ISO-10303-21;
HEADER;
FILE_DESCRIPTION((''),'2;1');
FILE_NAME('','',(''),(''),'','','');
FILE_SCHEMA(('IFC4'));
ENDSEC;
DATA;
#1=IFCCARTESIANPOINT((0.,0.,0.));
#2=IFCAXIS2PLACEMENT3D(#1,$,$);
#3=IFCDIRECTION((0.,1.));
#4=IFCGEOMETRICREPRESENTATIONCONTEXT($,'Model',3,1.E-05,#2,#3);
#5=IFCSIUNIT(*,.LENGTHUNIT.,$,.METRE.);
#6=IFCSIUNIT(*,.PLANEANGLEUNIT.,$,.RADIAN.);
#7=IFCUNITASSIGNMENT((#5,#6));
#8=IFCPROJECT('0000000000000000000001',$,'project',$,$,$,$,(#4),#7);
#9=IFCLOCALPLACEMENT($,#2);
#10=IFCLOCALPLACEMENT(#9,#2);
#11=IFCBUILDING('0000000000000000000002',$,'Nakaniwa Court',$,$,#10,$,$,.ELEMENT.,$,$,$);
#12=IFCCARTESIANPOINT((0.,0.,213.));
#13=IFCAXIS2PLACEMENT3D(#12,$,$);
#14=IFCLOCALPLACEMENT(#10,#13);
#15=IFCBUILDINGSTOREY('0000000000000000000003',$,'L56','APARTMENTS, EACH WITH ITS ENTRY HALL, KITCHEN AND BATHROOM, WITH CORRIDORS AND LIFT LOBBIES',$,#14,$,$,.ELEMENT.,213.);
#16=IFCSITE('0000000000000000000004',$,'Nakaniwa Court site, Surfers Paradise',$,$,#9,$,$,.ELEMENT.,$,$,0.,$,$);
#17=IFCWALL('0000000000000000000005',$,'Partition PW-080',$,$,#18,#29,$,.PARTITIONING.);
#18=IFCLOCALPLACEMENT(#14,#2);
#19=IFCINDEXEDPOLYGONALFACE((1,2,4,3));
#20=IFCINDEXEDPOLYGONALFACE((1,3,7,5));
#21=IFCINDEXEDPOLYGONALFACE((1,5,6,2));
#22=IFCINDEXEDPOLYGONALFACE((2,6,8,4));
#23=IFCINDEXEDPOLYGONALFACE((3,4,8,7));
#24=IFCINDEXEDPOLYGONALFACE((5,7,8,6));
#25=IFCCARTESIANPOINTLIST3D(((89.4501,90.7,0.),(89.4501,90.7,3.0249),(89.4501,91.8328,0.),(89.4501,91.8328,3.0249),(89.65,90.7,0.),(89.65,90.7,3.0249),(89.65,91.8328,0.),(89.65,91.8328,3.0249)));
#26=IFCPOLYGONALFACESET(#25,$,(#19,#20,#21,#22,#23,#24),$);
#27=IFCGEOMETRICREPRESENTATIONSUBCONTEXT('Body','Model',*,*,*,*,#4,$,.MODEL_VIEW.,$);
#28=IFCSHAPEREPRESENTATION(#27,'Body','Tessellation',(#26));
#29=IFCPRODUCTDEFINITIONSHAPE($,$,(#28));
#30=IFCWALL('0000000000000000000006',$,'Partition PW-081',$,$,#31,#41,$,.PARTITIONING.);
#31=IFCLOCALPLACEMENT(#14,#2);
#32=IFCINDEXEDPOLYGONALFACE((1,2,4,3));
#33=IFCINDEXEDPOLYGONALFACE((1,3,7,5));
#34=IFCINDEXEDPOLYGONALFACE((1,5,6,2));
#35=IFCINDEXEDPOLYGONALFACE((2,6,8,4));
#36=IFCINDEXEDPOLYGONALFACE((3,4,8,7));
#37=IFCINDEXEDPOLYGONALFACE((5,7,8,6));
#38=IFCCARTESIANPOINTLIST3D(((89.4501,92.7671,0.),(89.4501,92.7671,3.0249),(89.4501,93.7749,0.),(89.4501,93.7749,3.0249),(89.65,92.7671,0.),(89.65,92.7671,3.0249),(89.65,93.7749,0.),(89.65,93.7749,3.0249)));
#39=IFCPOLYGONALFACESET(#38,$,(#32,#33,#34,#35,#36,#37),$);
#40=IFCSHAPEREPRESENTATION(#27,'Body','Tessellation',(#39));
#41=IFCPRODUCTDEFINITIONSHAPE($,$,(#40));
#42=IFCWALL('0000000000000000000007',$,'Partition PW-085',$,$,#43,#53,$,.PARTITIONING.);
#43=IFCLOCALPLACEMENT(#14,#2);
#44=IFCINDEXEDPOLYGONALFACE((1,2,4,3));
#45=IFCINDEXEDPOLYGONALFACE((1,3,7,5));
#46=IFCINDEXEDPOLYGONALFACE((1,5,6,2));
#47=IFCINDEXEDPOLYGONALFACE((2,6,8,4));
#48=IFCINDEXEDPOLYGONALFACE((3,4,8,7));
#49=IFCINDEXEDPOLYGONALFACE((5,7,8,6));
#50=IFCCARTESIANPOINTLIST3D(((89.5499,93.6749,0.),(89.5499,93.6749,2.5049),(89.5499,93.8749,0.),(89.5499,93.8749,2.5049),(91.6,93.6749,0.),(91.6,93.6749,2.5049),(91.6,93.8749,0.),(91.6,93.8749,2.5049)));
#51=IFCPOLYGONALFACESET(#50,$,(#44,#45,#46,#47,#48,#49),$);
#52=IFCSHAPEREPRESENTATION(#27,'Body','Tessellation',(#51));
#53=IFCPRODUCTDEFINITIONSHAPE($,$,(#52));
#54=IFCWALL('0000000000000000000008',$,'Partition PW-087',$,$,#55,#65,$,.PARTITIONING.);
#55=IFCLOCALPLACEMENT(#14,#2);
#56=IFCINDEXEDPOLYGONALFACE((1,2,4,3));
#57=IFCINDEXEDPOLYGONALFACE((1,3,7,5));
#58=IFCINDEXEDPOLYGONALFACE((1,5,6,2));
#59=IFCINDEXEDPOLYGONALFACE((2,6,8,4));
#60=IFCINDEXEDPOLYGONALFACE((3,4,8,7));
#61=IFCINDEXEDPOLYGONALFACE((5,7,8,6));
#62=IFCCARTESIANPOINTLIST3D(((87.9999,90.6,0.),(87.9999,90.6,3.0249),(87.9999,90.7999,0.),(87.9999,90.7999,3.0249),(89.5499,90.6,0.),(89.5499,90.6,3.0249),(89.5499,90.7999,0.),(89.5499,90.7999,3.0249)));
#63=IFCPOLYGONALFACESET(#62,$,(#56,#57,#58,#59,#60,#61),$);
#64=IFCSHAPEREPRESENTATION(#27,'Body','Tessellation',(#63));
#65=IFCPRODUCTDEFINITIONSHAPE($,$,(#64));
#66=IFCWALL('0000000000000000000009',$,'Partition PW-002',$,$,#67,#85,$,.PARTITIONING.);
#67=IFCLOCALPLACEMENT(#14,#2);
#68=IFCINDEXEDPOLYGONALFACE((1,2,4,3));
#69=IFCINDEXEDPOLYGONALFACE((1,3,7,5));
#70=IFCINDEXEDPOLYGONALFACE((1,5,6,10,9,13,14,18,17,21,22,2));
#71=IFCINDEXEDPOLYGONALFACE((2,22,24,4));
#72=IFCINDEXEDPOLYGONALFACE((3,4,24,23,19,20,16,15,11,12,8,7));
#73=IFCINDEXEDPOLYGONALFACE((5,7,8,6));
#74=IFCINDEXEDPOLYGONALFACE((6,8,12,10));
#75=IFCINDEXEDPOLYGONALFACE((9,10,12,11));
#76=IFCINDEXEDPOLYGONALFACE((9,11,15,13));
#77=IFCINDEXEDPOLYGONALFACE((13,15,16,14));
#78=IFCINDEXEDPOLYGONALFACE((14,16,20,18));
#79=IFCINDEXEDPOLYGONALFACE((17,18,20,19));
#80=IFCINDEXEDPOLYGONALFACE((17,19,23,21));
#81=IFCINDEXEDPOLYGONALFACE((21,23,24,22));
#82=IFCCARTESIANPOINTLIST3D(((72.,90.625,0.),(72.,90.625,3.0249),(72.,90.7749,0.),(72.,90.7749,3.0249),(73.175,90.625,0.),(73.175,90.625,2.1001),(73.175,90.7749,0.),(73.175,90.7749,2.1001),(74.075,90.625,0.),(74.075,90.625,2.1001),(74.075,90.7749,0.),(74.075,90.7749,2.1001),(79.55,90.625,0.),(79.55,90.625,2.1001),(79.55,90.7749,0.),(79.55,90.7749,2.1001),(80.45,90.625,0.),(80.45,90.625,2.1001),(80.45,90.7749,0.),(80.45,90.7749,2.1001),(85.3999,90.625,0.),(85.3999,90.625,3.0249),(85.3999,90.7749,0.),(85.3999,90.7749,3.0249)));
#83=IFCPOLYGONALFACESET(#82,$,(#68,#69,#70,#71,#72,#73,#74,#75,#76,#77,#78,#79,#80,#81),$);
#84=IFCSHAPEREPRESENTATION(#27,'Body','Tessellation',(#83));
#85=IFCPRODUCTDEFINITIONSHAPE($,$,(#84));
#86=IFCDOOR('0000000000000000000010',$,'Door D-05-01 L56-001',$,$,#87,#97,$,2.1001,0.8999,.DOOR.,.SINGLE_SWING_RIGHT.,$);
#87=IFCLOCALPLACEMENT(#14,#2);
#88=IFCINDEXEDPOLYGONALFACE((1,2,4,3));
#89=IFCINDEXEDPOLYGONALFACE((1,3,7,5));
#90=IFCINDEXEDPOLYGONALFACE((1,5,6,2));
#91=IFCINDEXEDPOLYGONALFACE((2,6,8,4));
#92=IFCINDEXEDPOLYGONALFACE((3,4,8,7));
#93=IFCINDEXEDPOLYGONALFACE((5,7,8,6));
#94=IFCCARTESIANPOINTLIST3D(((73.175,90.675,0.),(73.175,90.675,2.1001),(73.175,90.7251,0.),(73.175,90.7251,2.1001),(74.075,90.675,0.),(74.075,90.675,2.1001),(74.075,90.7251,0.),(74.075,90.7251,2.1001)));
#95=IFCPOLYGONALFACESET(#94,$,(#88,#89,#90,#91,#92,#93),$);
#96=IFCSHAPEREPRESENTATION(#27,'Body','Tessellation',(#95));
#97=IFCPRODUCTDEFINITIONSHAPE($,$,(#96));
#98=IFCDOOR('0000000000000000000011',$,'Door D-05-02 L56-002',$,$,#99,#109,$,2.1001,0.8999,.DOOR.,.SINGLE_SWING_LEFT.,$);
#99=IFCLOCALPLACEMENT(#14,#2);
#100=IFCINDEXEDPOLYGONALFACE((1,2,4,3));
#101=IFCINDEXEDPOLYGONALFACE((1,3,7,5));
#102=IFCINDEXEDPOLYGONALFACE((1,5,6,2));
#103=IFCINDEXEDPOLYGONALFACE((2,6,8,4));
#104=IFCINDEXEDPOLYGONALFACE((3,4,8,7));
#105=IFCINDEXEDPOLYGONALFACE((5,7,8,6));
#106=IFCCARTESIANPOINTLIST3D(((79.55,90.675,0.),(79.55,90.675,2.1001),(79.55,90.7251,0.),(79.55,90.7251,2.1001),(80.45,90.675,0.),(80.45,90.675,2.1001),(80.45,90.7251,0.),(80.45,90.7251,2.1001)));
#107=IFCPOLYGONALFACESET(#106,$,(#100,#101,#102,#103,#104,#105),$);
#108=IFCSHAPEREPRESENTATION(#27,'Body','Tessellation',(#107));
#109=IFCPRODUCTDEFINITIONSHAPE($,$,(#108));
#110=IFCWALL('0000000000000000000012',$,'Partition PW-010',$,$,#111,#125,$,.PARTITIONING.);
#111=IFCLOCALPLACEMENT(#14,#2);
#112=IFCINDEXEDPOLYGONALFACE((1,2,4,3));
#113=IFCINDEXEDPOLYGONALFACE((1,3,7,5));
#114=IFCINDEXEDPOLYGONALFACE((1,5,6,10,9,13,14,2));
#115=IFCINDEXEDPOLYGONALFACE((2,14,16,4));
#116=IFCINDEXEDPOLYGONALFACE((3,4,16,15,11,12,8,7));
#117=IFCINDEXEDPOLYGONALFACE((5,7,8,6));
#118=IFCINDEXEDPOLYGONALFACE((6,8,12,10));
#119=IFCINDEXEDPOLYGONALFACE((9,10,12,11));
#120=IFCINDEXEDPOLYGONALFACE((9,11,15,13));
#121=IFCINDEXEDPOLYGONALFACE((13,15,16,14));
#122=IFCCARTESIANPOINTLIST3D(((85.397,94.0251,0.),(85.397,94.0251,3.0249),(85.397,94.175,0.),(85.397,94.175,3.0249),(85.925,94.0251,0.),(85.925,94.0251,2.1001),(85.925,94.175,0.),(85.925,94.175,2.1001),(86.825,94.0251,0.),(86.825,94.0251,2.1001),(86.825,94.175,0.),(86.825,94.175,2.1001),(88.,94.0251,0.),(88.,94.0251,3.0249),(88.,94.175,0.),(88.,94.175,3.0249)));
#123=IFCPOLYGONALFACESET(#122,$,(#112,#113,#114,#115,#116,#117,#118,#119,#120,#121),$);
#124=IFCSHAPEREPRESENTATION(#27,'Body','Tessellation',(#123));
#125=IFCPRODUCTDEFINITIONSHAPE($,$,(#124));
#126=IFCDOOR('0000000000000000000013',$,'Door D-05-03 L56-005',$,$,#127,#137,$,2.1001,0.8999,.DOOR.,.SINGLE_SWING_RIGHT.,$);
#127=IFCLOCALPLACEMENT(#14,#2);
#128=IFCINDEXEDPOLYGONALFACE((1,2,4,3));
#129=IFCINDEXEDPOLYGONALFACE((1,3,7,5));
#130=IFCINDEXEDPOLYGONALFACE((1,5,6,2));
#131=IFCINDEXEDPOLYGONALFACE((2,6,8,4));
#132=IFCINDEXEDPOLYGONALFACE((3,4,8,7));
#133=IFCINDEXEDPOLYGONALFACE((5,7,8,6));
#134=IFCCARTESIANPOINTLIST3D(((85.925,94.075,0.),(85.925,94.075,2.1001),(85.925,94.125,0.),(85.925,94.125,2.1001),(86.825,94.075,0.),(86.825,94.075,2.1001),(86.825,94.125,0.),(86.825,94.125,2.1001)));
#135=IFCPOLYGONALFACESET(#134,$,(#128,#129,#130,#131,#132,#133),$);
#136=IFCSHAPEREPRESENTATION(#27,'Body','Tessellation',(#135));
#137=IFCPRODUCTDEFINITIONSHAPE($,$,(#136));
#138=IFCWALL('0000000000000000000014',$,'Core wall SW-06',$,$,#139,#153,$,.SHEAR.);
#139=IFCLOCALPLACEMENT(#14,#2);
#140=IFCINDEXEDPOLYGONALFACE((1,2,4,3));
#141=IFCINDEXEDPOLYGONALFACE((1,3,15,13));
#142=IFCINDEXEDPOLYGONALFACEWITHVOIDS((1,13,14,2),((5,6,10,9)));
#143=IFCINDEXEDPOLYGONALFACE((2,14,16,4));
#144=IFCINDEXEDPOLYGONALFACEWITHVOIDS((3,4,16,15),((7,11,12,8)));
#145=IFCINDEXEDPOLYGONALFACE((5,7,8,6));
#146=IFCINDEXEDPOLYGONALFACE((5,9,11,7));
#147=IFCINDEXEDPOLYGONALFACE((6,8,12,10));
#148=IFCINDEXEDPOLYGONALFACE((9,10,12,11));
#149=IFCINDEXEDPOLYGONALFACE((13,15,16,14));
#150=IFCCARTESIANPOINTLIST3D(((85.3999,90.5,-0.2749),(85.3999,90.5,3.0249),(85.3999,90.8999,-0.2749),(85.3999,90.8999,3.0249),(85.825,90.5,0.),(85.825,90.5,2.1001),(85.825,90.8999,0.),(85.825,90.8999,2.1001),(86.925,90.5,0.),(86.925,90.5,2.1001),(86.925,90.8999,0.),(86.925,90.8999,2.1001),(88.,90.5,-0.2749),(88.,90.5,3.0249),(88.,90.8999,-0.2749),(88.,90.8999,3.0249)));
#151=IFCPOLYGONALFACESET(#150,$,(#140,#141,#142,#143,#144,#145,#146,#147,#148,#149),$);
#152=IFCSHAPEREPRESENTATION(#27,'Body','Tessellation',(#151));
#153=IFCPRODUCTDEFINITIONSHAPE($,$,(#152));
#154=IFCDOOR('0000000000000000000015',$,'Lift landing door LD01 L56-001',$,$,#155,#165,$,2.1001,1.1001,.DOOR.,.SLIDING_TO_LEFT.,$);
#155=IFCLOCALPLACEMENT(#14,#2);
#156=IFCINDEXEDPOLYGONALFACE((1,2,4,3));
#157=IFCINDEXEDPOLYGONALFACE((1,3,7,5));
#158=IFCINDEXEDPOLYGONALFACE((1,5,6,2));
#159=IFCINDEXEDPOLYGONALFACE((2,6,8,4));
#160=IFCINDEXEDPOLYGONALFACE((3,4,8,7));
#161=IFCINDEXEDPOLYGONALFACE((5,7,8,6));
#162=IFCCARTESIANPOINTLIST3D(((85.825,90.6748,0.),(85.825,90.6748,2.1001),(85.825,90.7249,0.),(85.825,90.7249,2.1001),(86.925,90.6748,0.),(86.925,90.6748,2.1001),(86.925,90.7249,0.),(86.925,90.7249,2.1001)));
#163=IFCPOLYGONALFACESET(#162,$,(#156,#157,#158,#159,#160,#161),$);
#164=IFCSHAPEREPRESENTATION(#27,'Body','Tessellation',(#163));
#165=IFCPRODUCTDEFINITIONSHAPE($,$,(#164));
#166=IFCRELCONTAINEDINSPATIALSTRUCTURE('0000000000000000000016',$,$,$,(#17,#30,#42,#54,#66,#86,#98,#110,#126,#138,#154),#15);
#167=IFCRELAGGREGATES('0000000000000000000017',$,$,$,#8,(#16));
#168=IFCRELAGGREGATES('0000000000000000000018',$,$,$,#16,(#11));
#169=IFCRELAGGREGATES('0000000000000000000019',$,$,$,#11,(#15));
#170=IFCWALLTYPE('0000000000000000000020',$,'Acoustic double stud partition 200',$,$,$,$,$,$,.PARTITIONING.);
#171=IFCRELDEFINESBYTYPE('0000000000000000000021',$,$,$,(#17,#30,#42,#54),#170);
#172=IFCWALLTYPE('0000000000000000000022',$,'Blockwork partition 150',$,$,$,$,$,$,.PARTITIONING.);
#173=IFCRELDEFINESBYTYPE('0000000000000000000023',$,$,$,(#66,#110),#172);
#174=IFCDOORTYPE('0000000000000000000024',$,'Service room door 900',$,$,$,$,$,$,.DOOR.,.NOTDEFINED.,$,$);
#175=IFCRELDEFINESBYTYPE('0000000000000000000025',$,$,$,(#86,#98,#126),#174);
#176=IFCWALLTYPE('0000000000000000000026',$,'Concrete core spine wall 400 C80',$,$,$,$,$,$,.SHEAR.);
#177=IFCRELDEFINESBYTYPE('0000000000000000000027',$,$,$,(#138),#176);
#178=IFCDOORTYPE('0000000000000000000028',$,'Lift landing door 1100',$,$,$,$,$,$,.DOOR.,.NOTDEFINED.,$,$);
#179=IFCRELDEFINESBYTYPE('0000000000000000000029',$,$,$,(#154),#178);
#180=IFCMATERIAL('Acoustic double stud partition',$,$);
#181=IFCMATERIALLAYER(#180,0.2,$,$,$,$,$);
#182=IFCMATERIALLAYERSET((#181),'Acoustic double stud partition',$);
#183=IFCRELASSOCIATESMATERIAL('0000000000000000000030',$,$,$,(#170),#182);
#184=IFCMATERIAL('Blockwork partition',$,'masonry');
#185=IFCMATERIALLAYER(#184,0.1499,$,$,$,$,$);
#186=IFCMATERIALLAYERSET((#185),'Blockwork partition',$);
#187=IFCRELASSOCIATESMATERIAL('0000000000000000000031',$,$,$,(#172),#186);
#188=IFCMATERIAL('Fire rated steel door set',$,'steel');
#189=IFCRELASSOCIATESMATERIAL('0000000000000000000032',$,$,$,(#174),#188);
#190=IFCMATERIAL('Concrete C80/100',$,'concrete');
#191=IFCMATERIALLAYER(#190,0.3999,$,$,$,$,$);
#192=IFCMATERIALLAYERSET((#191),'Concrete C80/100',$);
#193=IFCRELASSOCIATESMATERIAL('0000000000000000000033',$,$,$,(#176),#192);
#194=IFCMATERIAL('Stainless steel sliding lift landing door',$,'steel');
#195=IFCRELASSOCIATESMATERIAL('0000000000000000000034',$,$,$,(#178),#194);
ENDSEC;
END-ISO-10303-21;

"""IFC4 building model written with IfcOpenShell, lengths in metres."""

from ifc_helpers import new_model, si_unit, direction, frame, frame_2d, origin, place, context, subcontext, project, spatial, rectangle, extrude, material, layer, layer_set, type_object, element, fill, save


model = new_model("IFC4")

# Units and contexts
model_context = context("Model", 3, precision=1e-05, world=origin(), true_north=direction((0.0, 1.0)))
body_context = subcontext(model_context, "Body", "Model", "MODEL_VIEW")
ifc_project = project(units=[si_unit("LENGTHUNIT", "METRE"), si_unit("PLANEANGLEUNIT", "RADIAN")], contexts=[model_context])

# Site, building, storey
site_placement = place(None, origin())
site = spatial("IfcSite", under=ifc_project, at=site_placement, Name="Nakaniwa Court site, Surfers Paradise", CompositionType="ELEMENT", RefElevation=0.0)
building_placement = place(site_placement, origin())
building = spatial("IfcBuilding", under=site, at=building_placement, Name="Nakaniwa Court", CompositionType="ELEMENT")
storey_placement = place(building_placement, frame((0.0, 0.0, 213.0)))
storey = spatial("IfcBuildingStorey", under=building, at=storey_placement, Name="L56", Description="APARTMENTS, EACH WITH ITS ENTRY HALL, KITCHEN AND BATHROOM, WITH CORRIDORS AND LIFT LOBBIES", CompositionType="ELEMENT", Elevation=213.0)

# Walls
ifc_material_1 = material(Name="Acoustic double stud partition")
ifc_layer_1 = layer(ifc_material_1, 0.2)
ifc_layer_set_1 = layer_set([ifc_layer_1], Name="Acoustic double stud partition")
wall_type_1 = type_object("IfcWallType", Name="Acoustic double stud partition 200", PredefinedType="PARTITIONING", material=ifc_layer_set_1)
wall_1_placement = place(storey_placement, frame((89.55, 90.7, 0.0), z_axis=(0.0, 0.0, 1.0), x_axis=(0.0, 1.0, 0.0)))
element("IfcWall", 1, at=wall_1_placement, inside=storey, type_object=wall_type_1, Name="Partition PW-080", PredefinedType="PARTITIONING", context=body_context, shape_type="SweptSolid", body=[
    extrude(rectangle(XDim=1.1328, YDim=0.2, at=frame_2d((0.5664, 0.0))), origin(), (0.0, 0.0, 1.0), 3.0249),
])
wall_2_placement = place(storey_placement, frame((89.55, 92.7671, 0.0), z_axis=(0.0, 0.0, 1.0), x_axis=(0.0, 1.0, 0.0)))
element("IfcWall", 2, at=wall_2_placement, inside=storey, type_object=wall_type_1, Name="Partition PW-081", PredefinedType="PARTITIONING", context=body_context, shape_type="SweptSolid", body=[
    extrude(rectangle(XDim=1.0078, YDim=0.2, at=frame_2d((0.5039, 0.0))), origin(), (0.0, 0.0, 1.0), 3.0249),
])
wall_3_placement = place(storey_placement, frame((89.55, 93.7749, 0.0), z_axis=(0.0, 0.0, 1.0), x_axis=(1.0, 0.0, 0.0)))
element("IfcWall", 3, at=wall_3_placement, inside=storey, type_object=wall_type_1, Name="Partition PW-085", PredefinedType="PARTITIONING", context=body_context, shape_type="SweptSolid", body=[
    extrude(rectangle(XDim=2.05, YDim=0.2, at=frame_2d((1.0249, 0.0))), origin(), (0.0, 0.0, 1.0), 2.5049),
])
wall_4_placement = place(storey_placement, frame((88.0, 90.7, 0.0), z_axis=(0.0, 0.0, 1.0), x_axis=(1.0, 0.0, 0.0)))
element("IfcWall", 4, at=wall_4_placement, inside=storey, type_object=wall_type_1, Name="Partition PW-087", PredefinedType="PARTITIONING", context=body_context, shape_type="SweptSolid", body=[
    extrude(rectangle(XDim=1.55, YDim=0.2, at=frame_2d((0.7749, 0.0))), origin(), (0.0, 0.0, 1.0), 3.0249),
])

# Wall, openings, doors
ifc_material_2 = material(Name="Blockwork partition", Category="masonry")
ifc_layer_2 = layer(ifc_material_2, 0.1499)
ifc_layer_set_2 = layer_set([ifc_layer_2], Name="Blockwork partition")
wall_type_2 = type_object("IfcWallType", Name="Blockwork partition 150", PredefinedType="PARTITIONING", material=ifc_layer_set_2)
wall_5_placement = place(storey_placement, frame((85.3999, 90.7, 0.0), z_axis=(0.0, 0.0, 1.0), x_axis=(-1.0, 0.0, 0.0)))
wall_5 = element("IfcWall", 5, at=wall_5_placement, inside=storey, type_object=wall_type_2, Name="Partition PW-002", PredefinedType="PARTITIONING", context=body_context, shape_type="SweptSolid", body=[
    extrude(rectangle(XDim=13.3999, YDim=0.1499, at=frame_2d((6.7, 0.0))), origin(), (0.0, 0.0, 1.0), 3.0249),
])
opening_1_placement = place(wall_5_placement, frame((11.325, 0.0, 0.0)))
opening_1 = element("IfcOpeningElement", 6, at=opening_1_placement, cuts=wall_5, PredefinedType="OPENING", context=body_context, shape_type="SweptSolid", body=[
    extrude(rectangle(XDim=0.8999, YDim=2.1001, at=frame_2d((0.45, 1.05))), frame((0.0, 0.085, 0.0), z_axis=(0.0, -1.0, 0.0), x_axis=(1.0, 0.0, 0.0)), (0.0, 0.0, 1.0), 0.1699),
])
opening_2_placement = place(wall_5_placement, frame((4.95, 0.0, 0.0)))
opening_2 = element("IfcOpeningElement", 7, at=opening_2_placement, cuts=wall_5, PredefinedType="OPENING", context=body_context, shape_type="SweptSolid", body=[
    extrude(rectangle(XDim=0.8999, YDim=2.1001, at=frame_2d((0.45, 1.05))), frame((0.0, 0.085, 0.0), z_axis=(0.0, -1.0, 0.0), x_axis=(1.0, 0.0, 0.0)), (0.0, 0.0, 1.0), 0.1699),
])
ifc_material_3 = material(Name="Fire rated steel door set", Category="steel")
door_type_1 = type_object("IfcDoorType", Name="Service room door 900", OperationType="NOTDEFINED", PredefinedType="DOOR", material=ifc_material_3)
door_1_placement = place(opening_1_placement, origin())
door_1 = element("IfcDoor", 8, at=door_1_placement, inside=storey, type_object=door_type_1, Name="Door D-05-01 L56-001", OperationType="SINGLE_SWING_RIGHT", OverallHeight=2.1001, OverallWidth=0.8999, PredefinedType="DOOR", context=body_context, shape_type="SweptSolid", body=[
    extrude(rectangle(XDim=0.8999, YDim=2.1001, at=frame_2d((0.45, 1.05))), frame((0.0, 0.0249, 0.0), z_axis=(0.0, -1.0, 0.0), x_axis=(1.0, 0.0, 0.0)), (0.0, 0.0, 1.0), 0.05),
])
fill(opening_1, door_1)
door_2_placement = place(opening_2_placement, origin())
door_2 = element("IfcDoor", 9, at=door_2_placement, inside=storey, type_object=door_type_1, Name="Door D-05-02 L56-002", OperationType="SINGLE_SWING_LEFT", OverallHeight=2.1001, OverallWidth=0.8999, PredefinedType="DOOR", context=body_context, shape_type="SweptSolid", body=[
    extrude(rectangle(XDim=0.8999, YDim=2.1001, at=frame_2d((0.45, 1.05))), frame((0.0, 0.0249, 0.0), z_axis=(0.0, -1.0, 0.0), x_axis=(1.0, 0.0, 0.0)), (0.0, 0.0, 1.0), 0.05),
])
fill(opening_2, door_2)

# Walls, openings, doors
wall_6_placement = place(storey_placement, frame((85.397, 94.1001, 0.0), z_axis=(0.0, 0.0, 1.0), x_axis=(1.0, 0.0, 0.0)))
wall_6 = element("IfcWall", 10, at=wall_6_placement, inside=storey, type_object=wall_type_2, Name="Partition PW-010", PredefinedType="PARTITIONING", context=body_context, shape_type="SweptSolid", body=[
    extrude(rectangle(XDim=2.603, YDim=0.1499, at=frame_2d((1.3015, 0.0))), origin(), (0.0, 0.0, 1.0), 3.0249),
])
opening_3_placement = place(wall_6_placement, frame((0.5281, 0.0, 0.0)))
opening_3 = element("IfcOpeningElement", 11, at=opening_3_placement, cuts=wall_6, PredefinedType="OPENING", context=body_context, shape_type="SweptSolid", body=[
    extrude(rectangle(XDim=0.8999, YDim=2.1001, at=frame_2d((0.45, 1.05))), frame((0.0, 0.085, 0.0), z_axis=(0.0, -1.0, 0.0), x_axis=(1.0, 0.0, 0.0)), (0.0, 0.0, 1.0), 0.1699),
])
door_3_placement = place(opening_3_placement, origin())
door_3 = element("IfcDoor", 12, at=door_3_placement, inside=storey, type_object=door_type_1, Name="Door D-05-03 L56-005", OperationType="SINGLE_SWING_RIGHT", OverallHeight=2.1001, OverallWidth=0.8999, PredefinedType="DOOR", context=body_context, shape_type="SweptSolid", body=[
    extrude(rectangle(XDim=0.8999, YDim=2.1001, at=frame_2d((0.45, 1.05))), frame((0.0, 0.0249, 0.0), z_axis=(0.0, -1.0, 0.0), x_axis=(1.0, 0.0, 0.0)), (0.0, 0.0, 1.0), 0.05),
])
fill(opening_3, door_3)
ifc_material_4 = material(Name="Concrete C80/100", Category="concrete")
ifc_layer_3 = layer(ifc_material_4, 0.3999)
ifc_layer_set_3 = layer_set([ifc_layer_3], Name="Concrete C80/100")
wall_type_3 = type_object("IfcWallType", Name="Concrete core spine wall 400 C80", PredefinedType="SHEAR", material=ifc_layer_set_3)
wall_7_placement = place(storey_placement, frame((85.3999, 90.7, -0.2749), z_axis=(0.0, 0.0, 1.0), x_axis=(1.0, 0.0, 0.0)))
wall_7 = element("IfcWall", 13, at=wall_7_placement, inside=storey, type_object=wall_type_3, Name="Core wall SW-06", PredefinedType="SHEAR", context=body_context, shape_type="SweptSolid", body=[
    extrude(rectangle(XDim=2.6001, YDim=0.3999, at=frame_2d((1.3, 0.0))), origin(), (0.0, 0.0, 1.0), 3.2998),
])
opening_4_placement = place(wall_7_placement, frame((0.425, 0.0, 0.2749)))
opening_4 = element("IfcOpeningElement", 14, at=opening_4_placement, cuts=wall_7, PredefinedType="OPENING", context=body_context, shape_type="SweptSolid", body=[
    extrude(rectangle(XDim=1.1001, YDim=2.1001, at=frame_2d((0.55, 1.05))), frame((0.0, 0.21, 0.0), z_axis=(0.0, -1.0, 0.0), x_axis=(1.0, 0.0, 0.0)), (0.0, 0.0, 1.0), 0.4199),
])
ifc_material_5 = material(Name="Stainless steel sliding lift landing door", Category="steel")
door_type_2 = type_object("IfcDoorType", Name="Lift landing door 1100", OperationType="NOTDEFINED", PredefinedType="DOOR", material=ifc_material_5)
door_4_placement = place(opening_4_placement, origin())
door_4 = element("IfcDoor", 15, at=door_4_placement, inside=storey, type_object=door_type_2, Name="Lift landing door LD01 L56-001", OperationType="SLIDING_TO_LEFT", OverallHeight=2.1001, OverallWidth=1.1001, PredefinedType="DOOR", context=body_context, shape_type="SweptSolid", body=[
    extrude(rectangle(XDim=1.1001, YDim=2.1001, at=frame_2d((0.55, 1.05))), frame((0.0, 0.0249, 0.0), z_axis=(0.0, -1.0, 0.0), x_axis=(1.0, 0.0, 0.0)), (0.0, 0.0, 1.0), 0.05),
])
fill(opening_4, door_4)

save(model, "model.ifc")
